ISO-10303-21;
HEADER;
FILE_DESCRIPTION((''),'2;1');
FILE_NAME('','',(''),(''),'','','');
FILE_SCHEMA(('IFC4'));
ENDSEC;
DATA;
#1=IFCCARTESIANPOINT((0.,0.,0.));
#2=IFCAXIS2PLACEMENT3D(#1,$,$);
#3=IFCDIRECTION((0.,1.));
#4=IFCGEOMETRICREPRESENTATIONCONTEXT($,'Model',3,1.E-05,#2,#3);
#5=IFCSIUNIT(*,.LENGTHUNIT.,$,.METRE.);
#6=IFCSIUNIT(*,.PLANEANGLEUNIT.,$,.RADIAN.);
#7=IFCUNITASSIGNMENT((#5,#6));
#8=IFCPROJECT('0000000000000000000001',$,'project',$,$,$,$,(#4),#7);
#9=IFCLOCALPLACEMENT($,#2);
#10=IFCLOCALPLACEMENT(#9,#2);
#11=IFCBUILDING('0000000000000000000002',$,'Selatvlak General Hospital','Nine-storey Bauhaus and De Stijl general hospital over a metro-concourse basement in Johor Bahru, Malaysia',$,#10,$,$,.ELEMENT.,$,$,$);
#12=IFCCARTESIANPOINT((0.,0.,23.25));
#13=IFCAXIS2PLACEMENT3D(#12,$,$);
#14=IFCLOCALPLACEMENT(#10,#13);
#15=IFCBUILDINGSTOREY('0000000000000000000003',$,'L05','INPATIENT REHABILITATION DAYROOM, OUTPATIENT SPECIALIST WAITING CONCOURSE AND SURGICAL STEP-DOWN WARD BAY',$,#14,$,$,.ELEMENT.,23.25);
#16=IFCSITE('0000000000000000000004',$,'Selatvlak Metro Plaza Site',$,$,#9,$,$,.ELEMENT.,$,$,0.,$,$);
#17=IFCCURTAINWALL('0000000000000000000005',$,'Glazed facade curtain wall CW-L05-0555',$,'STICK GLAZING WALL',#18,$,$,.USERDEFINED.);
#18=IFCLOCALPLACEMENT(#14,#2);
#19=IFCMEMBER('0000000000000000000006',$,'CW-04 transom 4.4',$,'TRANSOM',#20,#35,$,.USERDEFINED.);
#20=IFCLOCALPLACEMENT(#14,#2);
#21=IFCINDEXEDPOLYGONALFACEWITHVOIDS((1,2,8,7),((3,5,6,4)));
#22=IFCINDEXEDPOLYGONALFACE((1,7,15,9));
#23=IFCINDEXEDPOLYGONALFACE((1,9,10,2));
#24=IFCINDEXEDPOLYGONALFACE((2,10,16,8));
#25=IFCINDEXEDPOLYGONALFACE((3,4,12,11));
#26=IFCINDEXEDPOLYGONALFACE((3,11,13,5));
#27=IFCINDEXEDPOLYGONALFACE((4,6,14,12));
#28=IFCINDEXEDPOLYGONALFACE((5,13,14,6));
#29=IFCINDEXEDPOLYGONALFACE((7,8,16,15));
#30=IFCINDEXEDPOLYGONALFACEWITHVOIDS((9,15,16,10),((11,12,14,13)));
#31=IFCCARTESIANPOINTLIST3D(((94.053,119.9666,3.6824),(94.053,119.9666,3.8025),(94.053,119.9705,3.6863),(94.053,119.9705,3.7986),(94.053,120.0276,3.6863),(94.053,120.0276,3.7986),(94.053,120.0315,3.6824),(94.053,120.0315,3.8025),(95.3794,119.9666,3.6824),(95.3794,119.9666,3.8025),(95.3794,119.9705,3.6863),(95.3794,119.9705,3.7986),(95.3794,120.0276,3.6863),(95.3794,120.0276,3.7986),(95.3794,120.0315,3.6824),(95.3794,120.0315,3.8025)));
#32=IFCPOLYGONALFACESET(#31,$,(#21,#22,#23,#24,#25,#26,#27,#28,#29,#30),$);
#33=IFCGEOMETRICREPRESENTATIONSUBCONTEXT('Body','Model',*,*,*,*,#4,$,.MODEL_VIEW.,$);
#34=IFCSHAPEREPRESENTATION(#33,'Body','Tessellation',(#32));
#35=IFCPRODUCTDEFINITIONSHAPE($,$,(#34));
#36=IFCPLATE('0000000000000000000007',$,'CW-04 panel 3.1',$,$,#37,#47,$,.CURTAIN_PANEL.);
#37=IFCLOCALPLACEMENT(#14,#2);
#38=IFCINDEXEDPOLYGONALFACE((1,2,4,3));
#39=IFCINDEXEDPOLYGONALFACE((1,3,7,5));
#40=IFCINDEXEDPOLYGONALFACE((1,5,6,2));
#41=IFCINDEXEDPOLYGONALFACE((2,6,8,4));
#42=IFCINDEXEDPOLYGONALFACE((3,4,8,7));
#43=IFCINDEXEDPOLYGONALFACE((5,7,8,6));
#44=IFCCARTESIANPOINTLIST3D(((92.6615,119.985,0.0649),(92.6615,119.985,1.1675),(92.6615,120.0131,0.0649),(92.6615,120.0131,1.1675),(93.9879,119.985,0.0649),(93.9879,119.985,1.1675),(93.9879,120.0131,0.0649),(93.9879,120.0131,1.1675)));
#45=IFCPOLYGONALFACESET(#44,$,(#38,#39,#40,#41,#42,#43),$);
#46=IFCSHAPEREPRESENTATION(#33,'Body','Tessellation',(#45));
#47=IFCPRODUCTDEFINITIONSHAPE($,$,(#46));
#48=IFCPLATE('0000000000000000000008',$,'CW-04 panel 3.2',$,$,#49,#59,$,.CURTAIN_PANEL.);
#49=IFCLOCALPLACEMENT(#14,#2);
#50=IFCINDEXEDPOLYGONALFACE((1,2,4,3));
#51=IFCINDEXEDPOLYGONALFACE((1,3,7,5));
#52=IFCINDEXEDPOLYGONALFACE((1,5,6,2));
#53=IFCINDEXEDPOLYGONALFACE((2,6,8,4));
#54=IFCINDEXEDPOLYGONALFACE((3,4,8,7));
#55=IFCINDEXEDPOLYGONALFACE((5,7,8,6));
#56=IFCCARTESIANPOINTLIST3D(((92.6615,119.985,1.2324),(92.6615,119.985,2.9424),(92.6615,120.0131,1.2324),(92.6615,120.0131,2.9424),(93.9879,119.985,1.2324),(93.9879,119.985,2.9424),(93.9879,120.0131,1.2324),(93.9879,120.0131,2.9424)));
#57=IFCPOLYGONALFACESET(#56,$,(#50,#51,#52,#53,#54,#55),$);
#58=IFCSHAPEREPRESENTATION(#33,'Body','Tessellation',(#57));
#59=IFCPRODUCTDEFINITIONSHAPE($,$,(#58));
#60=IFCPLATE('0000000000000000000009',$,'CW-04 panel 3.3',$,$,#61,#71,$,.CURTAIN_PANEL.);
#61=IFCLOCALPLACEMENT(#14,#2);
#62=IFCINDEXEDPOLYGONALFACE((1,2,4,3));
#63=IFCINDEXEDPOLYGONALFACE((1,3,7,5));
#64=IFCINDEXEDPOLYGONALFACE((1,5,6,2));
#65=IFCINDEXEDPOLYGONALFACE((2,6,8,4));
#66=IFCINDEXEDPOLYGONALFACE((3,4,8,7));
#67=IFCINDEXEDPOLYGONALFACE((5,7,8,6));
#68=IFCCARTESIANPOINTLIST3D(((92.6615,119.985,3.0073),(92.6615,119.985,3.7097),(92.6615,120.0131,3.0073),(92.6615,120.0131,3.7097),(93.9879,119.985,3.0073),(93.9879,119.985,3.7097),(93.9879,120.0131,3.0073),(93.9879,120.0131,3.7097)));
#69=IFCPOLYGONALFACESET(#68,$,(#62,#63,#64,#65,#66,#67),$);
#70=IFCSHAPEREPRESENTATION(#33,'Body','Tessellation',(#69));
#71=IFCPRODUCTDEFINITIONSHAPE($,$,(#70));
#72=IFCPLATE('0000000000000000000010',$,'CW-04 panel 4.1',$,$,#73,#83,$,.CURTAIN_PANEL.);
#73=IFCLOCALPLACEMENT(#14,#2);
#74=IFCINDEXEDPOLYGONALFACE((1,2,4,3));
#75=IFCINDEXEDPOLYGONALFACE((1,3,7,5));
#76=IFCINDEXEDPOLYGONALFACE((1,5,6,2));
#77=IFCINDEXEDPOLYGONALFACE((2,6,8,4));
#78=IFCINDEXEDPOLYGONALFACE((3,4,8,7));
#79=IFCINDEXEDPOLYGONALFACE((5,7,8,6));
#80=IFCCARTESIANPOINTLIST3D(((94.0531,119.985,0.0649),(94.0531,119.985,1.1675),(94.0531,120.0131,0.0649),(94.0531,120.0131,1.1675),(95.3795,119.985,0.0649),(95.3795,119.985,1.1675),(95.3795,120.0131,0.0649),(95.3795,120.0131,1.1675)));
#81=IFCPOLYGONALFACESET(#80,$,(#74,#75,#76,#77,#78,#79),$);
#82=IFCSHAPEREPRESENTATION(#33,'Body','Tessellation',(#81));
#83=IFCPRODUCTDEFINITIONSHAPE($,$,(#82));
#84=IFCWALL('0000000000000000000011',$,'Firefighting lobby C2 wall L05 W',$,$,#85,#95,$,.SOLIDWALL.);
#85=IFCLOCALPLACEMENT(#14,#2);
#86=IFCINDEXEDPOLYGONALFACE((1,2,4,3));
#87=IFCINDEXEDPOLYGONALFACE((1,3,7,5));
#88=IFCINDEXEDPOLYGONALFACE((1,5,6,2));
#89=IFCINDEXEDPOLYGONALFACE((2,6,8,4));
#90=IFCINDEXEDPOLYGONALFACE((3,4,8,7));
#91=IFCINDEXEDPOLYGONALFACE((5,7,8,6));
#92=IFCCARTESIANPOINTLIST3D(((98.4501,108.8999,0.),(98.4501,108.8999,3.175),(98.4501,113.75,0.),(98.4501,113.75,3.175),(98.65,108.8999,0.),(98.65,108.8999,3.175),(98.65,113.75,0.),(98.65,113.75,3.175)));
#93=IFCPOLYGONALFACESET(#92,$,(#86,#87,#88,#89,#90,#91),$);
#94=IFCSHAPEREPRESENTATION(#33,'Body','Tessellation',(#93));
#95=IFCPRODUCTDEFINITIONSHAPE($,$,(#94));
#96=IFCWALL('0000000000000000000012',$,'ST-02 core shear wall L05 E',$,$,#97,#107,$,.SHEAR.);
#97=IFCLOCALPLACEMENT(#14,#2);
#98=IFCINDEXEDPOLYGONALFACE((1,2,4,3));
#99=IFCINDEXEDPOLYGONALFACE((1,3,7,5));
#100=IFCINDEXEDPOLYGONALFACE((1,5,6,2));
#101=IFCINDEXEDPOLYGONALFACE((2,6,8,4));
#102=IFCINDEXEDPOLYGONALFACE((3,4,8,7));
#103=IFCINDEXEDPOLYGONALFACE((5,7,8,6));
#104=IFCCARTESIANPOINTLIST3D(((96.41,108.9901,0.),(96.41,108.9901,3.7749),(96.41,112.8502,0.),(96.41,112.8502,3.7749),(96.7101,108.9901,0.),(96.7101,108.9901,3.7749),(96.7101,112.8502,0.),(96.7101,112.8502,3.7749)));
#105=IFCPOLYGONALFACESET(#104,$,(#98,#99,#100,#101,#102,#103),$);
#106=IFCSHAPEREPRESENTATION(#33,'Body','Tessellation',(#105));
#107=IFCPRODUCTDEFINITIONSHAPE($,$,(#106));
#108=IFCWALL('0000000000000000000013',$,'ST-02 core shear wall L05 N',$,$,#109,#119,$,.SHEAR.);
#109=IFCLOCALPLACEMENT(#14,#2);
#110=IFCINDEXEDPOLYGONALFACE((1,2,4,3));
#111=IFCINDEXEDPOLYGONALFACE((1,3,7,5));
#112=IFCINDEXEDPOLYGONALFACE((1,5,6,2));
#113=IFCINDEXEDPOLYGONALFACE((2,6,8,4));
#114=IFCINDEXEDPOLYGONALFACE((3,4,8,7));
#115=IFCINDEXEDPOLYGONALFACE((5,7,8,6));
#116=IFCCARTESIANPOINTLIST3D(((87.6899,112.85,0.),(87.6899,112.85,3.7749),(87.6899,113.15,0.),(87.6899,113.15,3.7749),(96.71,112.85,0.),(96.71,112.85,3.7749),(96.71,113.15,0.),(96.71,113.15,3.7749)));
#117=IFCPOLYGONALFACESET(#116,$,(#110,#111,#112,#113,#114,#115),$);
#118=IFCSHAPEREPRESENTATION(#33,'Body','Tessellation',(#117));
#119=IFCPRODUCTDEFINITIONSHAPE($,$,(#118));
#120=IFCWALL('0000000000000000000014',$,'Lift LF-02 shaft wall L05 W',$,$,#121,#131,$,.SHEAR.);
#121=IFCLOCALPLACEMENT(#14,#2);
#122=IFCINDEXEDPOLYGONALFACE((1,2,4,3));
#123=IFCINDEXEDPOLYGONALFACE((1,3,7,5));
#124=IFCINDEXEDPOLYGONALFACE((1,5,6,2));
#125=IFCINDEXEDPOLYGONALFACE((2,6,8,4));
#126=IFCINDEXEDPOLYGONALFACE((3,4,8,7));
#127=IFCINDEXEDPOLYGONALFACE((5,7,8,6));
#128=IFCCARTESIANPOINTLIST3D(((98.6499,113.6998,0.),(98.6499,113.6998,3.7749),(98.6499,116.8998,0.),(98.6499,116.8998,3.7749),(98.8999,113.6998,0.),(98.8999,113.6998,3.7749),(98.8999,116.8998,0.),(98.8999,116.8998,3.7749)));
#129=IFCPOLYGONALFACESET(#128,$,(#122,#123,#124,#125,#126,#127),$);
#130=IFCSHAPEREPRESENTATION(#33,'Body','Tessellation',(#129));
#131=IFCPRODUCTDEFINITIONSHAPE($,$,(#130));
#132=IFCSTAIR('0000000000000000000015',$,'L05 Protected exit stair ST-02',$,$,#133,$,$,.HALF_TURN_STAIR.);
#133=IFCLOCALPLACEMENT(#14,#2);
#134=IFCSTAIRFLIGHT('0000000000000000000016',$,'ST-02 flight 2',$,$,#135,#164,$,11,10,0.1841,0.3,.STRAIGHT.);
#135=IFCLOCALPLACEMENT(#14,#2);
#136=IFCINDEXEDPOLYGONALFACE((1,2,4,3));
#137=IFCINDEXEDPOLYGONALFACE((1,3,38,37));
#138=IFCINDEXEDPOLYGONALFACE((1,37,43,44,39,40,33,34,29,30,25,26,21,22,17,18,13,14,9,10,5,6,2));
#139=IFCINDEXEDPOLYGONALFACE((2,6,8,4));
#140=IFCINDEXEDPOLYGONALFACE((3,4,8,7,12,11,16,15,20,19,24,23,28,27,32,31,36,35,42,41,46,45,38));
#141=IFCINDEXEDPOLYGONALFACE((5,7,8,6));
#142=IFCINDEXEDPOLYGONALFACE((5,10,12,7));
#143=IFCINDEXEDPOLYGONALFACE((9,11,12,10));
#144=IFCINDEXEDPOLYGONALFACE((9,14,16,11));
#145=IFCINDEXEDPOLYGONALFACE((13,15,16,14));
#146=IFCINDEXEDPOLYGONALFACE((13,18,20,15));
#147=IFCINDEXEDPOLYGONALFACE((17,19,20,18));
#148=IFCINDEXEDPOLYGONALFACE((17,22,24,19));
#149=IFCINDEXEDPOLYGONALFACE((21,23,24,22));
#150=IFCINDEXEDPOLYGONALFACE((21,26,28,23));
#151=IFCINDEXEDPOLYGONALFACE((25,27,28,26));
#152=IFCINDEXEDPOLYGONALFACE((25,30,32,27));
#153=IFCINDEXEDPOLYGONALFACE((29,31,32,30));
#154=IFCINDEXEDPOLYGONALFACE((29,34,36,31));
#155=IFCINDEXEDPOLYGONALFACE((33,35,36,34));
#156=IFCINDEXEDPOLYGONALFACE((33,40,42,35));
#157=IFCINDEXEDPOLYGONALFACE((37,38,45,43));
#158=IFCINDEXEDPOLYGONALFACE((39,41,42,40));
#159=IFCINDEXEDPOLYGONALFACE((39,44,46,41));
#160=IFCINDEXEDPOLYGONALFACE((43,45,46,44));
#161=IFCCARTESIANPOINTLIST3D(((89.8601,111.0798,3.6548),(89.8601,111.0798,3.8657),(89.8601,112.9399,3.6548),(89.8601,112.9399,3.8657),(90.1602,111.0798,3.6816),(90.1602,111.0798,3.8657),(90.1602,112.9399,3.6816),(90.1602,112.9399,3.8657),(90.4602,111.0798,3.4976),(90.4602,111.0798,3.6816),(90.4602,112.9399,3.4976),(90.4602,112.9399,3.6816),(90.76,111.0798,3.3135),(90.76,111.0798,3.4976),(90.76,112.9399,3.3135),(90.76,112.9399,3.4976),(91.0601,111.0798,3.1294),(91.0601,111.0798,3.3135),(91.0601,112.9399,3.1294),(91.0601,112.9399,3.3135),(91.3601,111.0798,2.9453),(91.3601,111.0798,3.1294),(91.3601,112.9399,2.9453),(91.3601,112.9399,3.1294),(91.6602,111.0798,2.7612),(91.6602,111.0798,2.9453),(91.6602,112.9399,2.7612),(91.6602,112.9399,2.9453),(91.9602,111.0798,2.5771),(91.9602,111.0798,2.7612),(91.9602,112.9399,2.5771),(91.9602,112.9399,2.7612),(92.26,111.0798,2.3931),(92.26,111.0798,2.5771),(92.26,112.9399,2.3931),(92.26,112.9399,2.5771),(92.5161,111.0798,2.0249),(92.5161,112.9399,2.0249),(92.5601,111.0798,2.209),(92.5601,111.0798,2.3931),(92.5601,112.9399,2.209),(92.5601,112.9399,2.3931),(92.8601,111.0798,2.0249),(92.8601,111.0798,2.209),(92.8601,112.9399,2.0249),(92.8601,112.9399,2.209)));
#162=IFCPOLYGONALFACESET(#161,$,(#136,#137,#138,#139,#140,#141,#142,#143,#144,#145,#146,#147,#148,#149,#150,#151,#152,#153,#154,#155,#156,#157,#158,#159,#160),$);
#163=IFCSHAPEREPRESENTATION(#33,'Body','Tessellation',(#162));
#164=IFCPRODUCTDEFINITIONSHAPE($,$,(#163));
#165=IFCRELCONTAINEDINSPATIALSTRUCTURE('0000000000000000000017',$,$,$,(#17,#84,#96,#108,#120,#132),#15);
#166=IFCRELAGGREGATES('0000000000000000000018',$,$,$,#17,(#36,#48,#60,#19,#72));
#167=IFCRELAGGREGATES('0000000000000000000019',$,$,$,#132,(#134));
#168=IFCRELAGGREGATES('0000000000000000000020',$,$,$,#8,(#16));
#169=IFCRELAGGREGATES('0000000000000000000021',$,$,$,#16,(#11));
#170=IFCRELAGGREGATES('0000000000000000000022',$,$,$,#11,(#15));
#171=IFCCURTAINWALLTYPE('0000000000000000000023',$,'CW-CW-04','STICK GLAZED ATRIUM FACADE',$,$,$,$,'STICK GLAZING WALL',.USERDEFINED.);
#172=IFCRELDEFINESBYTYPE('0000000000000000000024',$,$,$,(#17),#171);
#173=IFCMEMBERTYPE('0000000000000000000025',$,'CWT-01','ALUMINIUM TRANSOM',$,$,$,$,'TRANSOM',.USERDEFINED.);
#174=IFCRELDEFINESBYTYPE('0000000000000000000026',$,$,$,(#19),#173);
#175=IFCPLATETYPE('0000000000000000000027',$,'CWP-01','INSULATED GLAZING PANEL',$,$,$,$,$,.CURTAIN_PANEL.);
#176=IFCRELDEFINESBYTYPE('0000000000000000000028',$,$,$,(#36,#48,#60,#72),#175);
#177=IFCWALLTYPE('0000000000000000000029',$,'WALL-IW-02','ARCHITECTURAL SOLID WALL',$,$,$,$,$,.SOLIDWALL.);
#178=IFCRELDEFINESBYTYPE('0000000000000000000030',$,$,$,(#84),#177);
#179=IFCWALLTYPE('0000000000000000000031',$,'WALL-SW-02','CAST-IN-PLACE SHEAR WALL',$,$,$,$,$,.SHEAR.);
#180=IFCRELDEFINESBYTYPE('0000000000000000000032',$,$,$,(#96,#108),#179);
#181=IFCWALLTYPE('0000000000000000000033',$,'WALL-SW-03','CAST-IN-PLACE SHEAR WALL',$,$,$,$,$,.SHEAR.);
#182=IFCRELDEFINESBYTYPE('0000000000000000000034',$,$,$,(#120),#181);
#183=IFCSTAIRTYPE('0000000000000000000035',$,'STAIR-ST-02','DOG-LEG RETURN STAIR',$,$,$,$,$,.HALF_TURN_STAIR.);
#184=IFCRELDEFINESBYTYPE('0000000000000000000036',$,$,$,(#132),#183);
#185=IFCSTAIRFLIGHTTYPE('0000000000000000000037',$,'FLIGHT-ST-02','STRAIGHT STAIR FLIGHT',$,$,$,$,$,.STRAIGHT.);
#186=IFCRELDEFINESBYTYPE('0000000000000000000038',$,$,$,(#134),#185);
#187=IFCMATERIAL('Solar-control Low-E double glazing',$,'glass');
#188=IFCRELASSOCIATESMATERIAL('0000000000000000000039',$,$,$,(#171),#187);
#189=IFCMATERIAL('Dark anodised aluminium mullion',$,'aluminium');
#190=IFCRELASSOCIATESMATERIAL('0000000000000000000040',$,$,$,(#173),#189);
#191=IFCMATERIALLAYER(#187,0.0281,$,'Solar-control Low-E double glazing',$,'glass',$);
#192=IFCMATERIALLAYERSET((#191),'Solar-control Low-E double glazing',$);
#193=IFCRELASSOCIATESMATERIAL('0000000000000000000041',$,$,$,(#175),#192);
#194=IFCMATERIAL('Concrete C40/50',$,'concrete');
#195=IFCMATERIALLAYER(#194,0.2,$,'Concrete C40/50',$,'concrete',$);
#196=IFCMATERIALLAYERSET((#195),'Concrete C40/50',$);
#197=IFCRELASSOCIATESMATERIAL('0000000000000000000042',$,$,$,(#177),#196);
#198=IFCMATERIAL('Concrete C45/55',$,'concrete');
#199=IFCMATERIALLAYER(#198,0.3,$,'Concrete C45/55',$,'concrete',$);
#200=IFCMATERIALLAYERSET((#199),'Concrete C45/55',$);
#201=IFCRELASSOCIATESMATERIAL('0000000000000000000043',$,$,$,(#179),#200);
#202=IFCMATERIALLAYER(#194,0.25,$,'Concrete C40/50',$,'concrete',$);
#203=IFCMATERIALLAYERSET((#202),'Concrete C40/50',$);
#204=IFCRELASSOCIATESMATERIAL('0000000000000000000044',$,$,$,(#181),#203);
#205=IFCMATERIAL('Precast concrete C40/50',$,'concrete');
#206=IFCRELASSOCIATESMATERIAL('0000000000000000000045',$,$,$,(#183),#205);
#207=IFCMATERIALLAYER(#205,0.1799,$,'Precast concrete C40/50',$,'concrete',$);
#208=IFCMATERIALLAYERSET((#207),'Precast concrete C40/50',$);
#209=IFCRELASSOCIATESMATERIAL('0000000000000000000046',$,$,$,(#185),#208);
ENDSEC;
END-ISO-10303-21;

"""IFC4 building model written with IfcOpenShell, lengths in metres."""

from ifc_helpers import new_model, si_unit, direction, frame, frame_2d, origin, origin_2d, place, context, subcontext, project, spatial, polyline, rectangle, hollow_rectangle, outline, extrude, material, layer, layer_set, material_profile, profile_set, type_object, element, aggregate, save


model = new_model("IFC4")

# Units and contexts
model_context = context("Model", 3, precision=1e-05, world=origin(), true_north=direction((0.0, 1.0)))
body_context = subcontext(model_context, "Body", "Model", "MODEL_VIEW")
ifc_project = project(units=[si_unit("LENGTHUNIT", "METRE"), si_unit("PLANEANGLEUNIT", "RADIAN")], contexts=[model_context])

# Site, building, storey
site_placement = place(None, origin())
site = spatial("IfcSite", under=ifc_project, at=site_placement, Name="Selatvlak Metro Plaza Site", CompositionType="ELEMENT", RefElevation=0.0)
building_placement = place(site_placement, origin())
building = spatial("IfcBuilding", under=site, at=building_placement, Name="Selatvlak General Hospital", Description="Nine-storey Bauhaus and De Stijl general hospital over a metro-concourse basement in Johor Bahru, Malaysia", CompositionType="ELEMENT")
storey_placement = place(building_placement, frame((0.0, 0.0, 23.25)))
storey = spatial("IfcBuildingStorey", under=building, at=storey_placement, Name="L05", Description="INPATIENT REHABILITATION DAYROOM, OUTPATIENT SPECIALIST WAITING CONCOURSE AND SURGICAL STEP-DOWN WARD BAY", CompositionType="ELEMENT", Elevation=23.25)

# Shared definitions
ifc_material_1 = material(Name="Concrete C40/50", Category="concrete")

# Curtain wall, member, plates
ifc_material_2 = material(Name="Solar-control Low-E double glazing", Category="glass")
curtain_wall_type = type_object("IfcCurtainWallType", Name="CW-CW-04", Description="STICK GLAZED ATRIUM FACADE", ElementType="STICK GLAZING WALL", PredefinedType="USERDEFINED", material=ifc_material_2)
curtain_wall_placement = place(storey_placement, origin())
curtain_wall = element("IfcCurtainWall", 1, at=curtain_wall_placement, inside=storey, type_object=curtain_wall_type, Name="Glazed facade curtain wall CW-L05-0555", ObjectType="STICK GLAZING WALL", PredefinedType="USERDEFINED")
ifc_material_3 = material(Name="Dark anodised aluminium mullion", Category="aluminium")
ifc_material_profile_1 = material_profile(ifc_material_3, hollow_rectangle(XDim=0.0649, YDim=0.1201, WallThickness=0.0039, at=origin_2d()), Name="AL-TRN 65x120x4")
ifc_profile_set_1 = profile_set([ifc_material_profile_1], Name="Dark anodised aluminium mullion")
member_type_1 = type_object("IfcMemberType", Name="CWT-01", Description="ALUMINIUM TRANSOM", ElementType="TRANSOM", PredefinedType="USERDEFINED", material=ifc_profile_set_1)
member_1_placement = place(storey_placement, frame((94.053, 119.999, 3.7424), z_axis=(1.0, 0.0, 0.0), x_axis=(0.0, 1.0, 0.0)))
member_1 = element("IfcMember", 2, at=member_1_placement, type_object=member_type_1, Name="CW-04 transom 4.4", ObjectType="TRANSOM", PredefinedType="USERDEFINED", context=body_context, shape_type="SweptSolid", body=[
    extrude(hollow_rectangle(XDim=0.0649, YDim=0.1201, WallThickness=0.0039, at=origin_2d()), origin(), (0.0, 0.0, 1.0), 1.3264),
])
ifc_layer_1 = layer(ifc_material_2, 0.0281, Name="Solar-control Low-E double glazing", Category="glass")
ifc_layer_set_1 = layer_set([ifc_layer_1], Name="Solar-control Low-E double glazing")
plate_type = type_object("IfcPlateType", Name="CWP-01", Description="INSULATED GLAZING PANEL", PredefinedType="CURTAIN_PANEL", material=ifc_layer_set_1)
plate_1_placement = place(storey_placement, frame((93.3247, 119.999, 0.0649), z_axis=(0.0, 0.0, 1.0), x_axis=(1.0, 0.0, 0.0)))
plate_1 = element("IfcPlate", 3, at=plate_1_placement, type_object=plate_type, Name="CW-04 panel 3.1", PredefinedType="CURTAIN_PANEL", context=body_context, shape_type="SweptSolid", body=[
    extrude(rectangle(XDim=1.3264, YDim=0.0281, at=origin_2d()), origin(), (0.0, 0.0, 1.0), 1.1025),
])
plate_2_placement = place(storey_placement, frame((93.3247, 119.999, 1.2324), z_axis=(0.0, 0.0, 1.0), x_axis=(1.0, 0.0, 0.0)))
plate_2 = element("IfcPlate", 4, at=plate_2_placement, type_object=plate_type, Name="CW-04 panel 3.2", PredefinedType="CURTAIN_PANEL", context=body_context, shape_type="SweptSolid", body=[
    extrude(rectangle(XDim=1.3264, YDim=0.0281, at=origin_2d()), origin(), (0.0, 0.0, 1.0), 1.71),
])
plate_3_placement = place(storey_placement, frame((93.3247, 119.999, 3.0073), z_axis=(0.0, 0.0, 1.0), x_axis=(1.0, 0.0, 0.0)))
plate_3 = element("IfcPlate", 5, at=plate_3_placement, type_object=plate_type, Name="CW-04 panel 3.3", PredefinedType="CURTAIN_PANEL", context=body_context, shape_type="SweptSolid", body=[
    extrude(rectangle(XDim=1.3264, YDim=0.0281, at=origin_2d()), origin(), (0.0, 0.0, 1.0), 0.7024),
])
plate_4_placement = place(storey_placement, frame((94.7163, 119.999, 0.0649), z_axis=(0.0, 0.0, 1.0), x_axis=(1.0, 0.0, 0.0)))
plate_4 = element("IfcPlate", 6, at=plate_4_placement, type_object=plate_type, Name="CW-04 panel 4.1", PredefinedType="CURTAIN_PANEL", context=body_context, shape_type="SweptSolid", body=[
    extrude(rectangle(XDim=1.3264, YDim=0.0281, at=origin_2d()), origin(), (0.0, 0.0, 1.0), 1.1025),
])
aggregate(curtain_wall, [plate_1, plate_2, plate_3, member_1, plate_4])

# Shared definitions
ifc_layer_2 = layer(ifc_material_1, 0.2, Name="Concrete C40/50", Category="concrete")
ifc_layer_set_2 = layer_set([ifc_layer_2], Name="Concrete C40/50")
wall_type_1 = type_object("IfcWallType", Name="WALL-IW-02", Description="ARCHITECTURAL SOLID WALL", PredefinedType="SOLIDWALL", material=ifc_layer_set_2)

# Walls
wall_1_placement = place(storey_placement, frame((98.55, 113.75, 0.0), z_axis=(0.0, 0.0, 1.0), x_axis=(0.0, -1.0, 0.0)))
element("IfcWall", 7, at=wall_1_placement, inside=storey, type_object=wall_type_1, Name="Firefighting lobby C2 wall L05 W", PredefinedType="SOLIDWALL", context=body_context, shape_type="SweptSolid", body=[
    extrude(rectangle(XDim=4.8501, YDim=0.2, at=frame_2d((2.425, 0.0))), origin(), (0.0, 0.0, 1.0), 3.175),
])
ifc_material_4 = material(Name="Concrete C45/55", Category="concrete")
ifc_layer_3 = layer(ifc_material_4, 0.3, Name="Concrete C45/55", Category="concrete")
ifc_layer_set_3 = layer_set([ifc_layer_3], Name="Concrete C45/55")
wall_type_2 = type_object("IfcWallType", Name="WALL-SW-02", Description="CAST-IN-PLACE SHEAR WALL", PredefinedType="SHEAR", material=ifc_layer_set_3)
wall_2_placement = place(storey_placement, frame((96.5601, 108.99, 0.0), z_axis=(0.0, 0.0, 1.0), x_axis=(0.0, 1.0, 0.0)))
element("IfcWall", 8, at=wall_2_placement, inside=storey, type_object=wall_type_2, Name="ST-02 core shear wall L05 E", PredefinedType="SHEAR", context=body_context, shape_type="SweptSolid", body=[
    extrude(rectangle(XDim=3.8601, YDim=0.3, at=frame_2d((1.9302, 0.0))), origin(), (0.0, 0.0, 1.0), 3.7749),
])
wall_3_placement = place(storey_placement, frame((96.71, 113.0, 0.0), z_axis=(0.0, 0.0, 1.0), x_axis=(-1.0, 0.0, 0.0)))
element("IfcWall", 9, at=wall_3_placement, inside=storey, type_object=wall_type_2, Name="ST-02 core shear wall L05 N", PredefinedType="SHEAR", context=body_context, shape_type="SweptSolid", body=[
    extrude(rectangle(XDim=9.02, YDim=0.3, at=frame_2d((4.51, 0.0))), origin(), (0.0, 0.0, 1.0), 3.7749),
])

# Shared definitions
ifc_layer_4 = layer(ifc_material_1, 0.25, Name="Concrete C40/50", Category="concrete")
ifc_layer_set_4 = layer_set([ifc_layer_4], Name="Concrete C40/50")
wall_type_3 = type_object("IfcWallType", Name="WALL-SW-03", Description="CAST-IN-PLACE SHEAR WALL", PredefinedType="SHEAR", material=ifc_layer_set_4)

# Wall
wall_4_placement = place(storey_placement, frame((98.7749, 116.8999, 0.0), z_axis=(0.0, 0.0, 1.0), x_axis=(0.0, -1.0, 0.0)))
element("IfcWall", 10, at=wall_4_placement, inside=storey, type_object=wall_type_3, Name="Lift LF-02 shaft wall L05 W", PredefinedType="SHEAR", context=body_context, shape_type="SweptSolid", body=[
    extrude(rectangle(XDim=3.2, YDim=0.25, at=frame_2d((1.6001, 0.0))), origin(), (0.0, 0.0, 1.0), 3.7749),
])

# Stair, stair flight
ifc_material_5 = material(Name="Precast concrete C40/50", Category="concrete")
stair_type = type_object("IfcStairType", Name="STAIR-ST-02", Description="DOG-LEG RETURN STAIR", PredefinedType="HALF_TURN_STAIR", material=ifc_material_5)
stair_placement = place(storey_placement, origin())
stair = element("IfcStair", 11, at=stair_placement, inside=storey, type_object=stair_type, Name="L05 Protected exit stair ST-02", PredefinedType="HALF_TURN_STAIR")
ifc_layer_5 = layer(ifc_material_5, 0.1799, Name="Precast concrete C40/50", Category="concrete")
ifc_layer_set_5 = layer_set([ifc_layer_5], Name="Precast concrete C40/50")
stair_flight_type = type_object("IfcStairFlightType", Name="FLIGHT-ST-02", Description="STRAIGHT STAIR FLIGHT", PredefinedType="STRAIGHT", material=ifc_layer_set_5)
stair_flight_placement = place(storey_placement, frame((92.8601, 112.01, 2.0249), z_axis=(0.0, 0.0, 1.0), x_axis=(-1.0, 0.0, 0.0)))
stair_flight = element("IfcStairFlight", 12, at=stair_flight_placement, type_object=stair_flight_type, Name="ST-02 flight 2", NumberOfRisers=11, NumberOfTreads=10, PredefinedType="STRAIGHT", RiserHeight=0.1841, TreadLength=0.3, context=body_context, shape_type="SweptSolid", body=[
    extrude(outline(polyline([(0.0, 0.0), (0.0, 0.1841), (0.3, 0.1841), (0.3, 0.3682), (0.6001, 0.3682), (0.6001, 0.5522), (0.8999, 0.5522), (0.8999, 0.7363), (1.2, 0.7363), (1.2, 0.9204), (1.5, 0.9204), (1.5, 1.1045), (1.8, 1.1045), (1.8, 1.2886), (2.1001, 1.2886), (2.1001, 1.4727), (2.3999, 1.4727), (2.3999, 1.6567), (2.7, 1.6567), (2.7, 1.8408), (3.0, 1.8408), (3.0, 2.0249), (3.0, 1.6299), (0.344, 0.0), (0.0, 0.0)])), frame((0.0, 0.9302, 0.0), z_axis=(0.0, -1.0, 0.0), x_axis=(1.0, 0.0, 0.0)), (0.0, 0.0, 1.0), 1.8601),
])
aggregate(stair, [stair_flight])

save(model, "model.ifc")
